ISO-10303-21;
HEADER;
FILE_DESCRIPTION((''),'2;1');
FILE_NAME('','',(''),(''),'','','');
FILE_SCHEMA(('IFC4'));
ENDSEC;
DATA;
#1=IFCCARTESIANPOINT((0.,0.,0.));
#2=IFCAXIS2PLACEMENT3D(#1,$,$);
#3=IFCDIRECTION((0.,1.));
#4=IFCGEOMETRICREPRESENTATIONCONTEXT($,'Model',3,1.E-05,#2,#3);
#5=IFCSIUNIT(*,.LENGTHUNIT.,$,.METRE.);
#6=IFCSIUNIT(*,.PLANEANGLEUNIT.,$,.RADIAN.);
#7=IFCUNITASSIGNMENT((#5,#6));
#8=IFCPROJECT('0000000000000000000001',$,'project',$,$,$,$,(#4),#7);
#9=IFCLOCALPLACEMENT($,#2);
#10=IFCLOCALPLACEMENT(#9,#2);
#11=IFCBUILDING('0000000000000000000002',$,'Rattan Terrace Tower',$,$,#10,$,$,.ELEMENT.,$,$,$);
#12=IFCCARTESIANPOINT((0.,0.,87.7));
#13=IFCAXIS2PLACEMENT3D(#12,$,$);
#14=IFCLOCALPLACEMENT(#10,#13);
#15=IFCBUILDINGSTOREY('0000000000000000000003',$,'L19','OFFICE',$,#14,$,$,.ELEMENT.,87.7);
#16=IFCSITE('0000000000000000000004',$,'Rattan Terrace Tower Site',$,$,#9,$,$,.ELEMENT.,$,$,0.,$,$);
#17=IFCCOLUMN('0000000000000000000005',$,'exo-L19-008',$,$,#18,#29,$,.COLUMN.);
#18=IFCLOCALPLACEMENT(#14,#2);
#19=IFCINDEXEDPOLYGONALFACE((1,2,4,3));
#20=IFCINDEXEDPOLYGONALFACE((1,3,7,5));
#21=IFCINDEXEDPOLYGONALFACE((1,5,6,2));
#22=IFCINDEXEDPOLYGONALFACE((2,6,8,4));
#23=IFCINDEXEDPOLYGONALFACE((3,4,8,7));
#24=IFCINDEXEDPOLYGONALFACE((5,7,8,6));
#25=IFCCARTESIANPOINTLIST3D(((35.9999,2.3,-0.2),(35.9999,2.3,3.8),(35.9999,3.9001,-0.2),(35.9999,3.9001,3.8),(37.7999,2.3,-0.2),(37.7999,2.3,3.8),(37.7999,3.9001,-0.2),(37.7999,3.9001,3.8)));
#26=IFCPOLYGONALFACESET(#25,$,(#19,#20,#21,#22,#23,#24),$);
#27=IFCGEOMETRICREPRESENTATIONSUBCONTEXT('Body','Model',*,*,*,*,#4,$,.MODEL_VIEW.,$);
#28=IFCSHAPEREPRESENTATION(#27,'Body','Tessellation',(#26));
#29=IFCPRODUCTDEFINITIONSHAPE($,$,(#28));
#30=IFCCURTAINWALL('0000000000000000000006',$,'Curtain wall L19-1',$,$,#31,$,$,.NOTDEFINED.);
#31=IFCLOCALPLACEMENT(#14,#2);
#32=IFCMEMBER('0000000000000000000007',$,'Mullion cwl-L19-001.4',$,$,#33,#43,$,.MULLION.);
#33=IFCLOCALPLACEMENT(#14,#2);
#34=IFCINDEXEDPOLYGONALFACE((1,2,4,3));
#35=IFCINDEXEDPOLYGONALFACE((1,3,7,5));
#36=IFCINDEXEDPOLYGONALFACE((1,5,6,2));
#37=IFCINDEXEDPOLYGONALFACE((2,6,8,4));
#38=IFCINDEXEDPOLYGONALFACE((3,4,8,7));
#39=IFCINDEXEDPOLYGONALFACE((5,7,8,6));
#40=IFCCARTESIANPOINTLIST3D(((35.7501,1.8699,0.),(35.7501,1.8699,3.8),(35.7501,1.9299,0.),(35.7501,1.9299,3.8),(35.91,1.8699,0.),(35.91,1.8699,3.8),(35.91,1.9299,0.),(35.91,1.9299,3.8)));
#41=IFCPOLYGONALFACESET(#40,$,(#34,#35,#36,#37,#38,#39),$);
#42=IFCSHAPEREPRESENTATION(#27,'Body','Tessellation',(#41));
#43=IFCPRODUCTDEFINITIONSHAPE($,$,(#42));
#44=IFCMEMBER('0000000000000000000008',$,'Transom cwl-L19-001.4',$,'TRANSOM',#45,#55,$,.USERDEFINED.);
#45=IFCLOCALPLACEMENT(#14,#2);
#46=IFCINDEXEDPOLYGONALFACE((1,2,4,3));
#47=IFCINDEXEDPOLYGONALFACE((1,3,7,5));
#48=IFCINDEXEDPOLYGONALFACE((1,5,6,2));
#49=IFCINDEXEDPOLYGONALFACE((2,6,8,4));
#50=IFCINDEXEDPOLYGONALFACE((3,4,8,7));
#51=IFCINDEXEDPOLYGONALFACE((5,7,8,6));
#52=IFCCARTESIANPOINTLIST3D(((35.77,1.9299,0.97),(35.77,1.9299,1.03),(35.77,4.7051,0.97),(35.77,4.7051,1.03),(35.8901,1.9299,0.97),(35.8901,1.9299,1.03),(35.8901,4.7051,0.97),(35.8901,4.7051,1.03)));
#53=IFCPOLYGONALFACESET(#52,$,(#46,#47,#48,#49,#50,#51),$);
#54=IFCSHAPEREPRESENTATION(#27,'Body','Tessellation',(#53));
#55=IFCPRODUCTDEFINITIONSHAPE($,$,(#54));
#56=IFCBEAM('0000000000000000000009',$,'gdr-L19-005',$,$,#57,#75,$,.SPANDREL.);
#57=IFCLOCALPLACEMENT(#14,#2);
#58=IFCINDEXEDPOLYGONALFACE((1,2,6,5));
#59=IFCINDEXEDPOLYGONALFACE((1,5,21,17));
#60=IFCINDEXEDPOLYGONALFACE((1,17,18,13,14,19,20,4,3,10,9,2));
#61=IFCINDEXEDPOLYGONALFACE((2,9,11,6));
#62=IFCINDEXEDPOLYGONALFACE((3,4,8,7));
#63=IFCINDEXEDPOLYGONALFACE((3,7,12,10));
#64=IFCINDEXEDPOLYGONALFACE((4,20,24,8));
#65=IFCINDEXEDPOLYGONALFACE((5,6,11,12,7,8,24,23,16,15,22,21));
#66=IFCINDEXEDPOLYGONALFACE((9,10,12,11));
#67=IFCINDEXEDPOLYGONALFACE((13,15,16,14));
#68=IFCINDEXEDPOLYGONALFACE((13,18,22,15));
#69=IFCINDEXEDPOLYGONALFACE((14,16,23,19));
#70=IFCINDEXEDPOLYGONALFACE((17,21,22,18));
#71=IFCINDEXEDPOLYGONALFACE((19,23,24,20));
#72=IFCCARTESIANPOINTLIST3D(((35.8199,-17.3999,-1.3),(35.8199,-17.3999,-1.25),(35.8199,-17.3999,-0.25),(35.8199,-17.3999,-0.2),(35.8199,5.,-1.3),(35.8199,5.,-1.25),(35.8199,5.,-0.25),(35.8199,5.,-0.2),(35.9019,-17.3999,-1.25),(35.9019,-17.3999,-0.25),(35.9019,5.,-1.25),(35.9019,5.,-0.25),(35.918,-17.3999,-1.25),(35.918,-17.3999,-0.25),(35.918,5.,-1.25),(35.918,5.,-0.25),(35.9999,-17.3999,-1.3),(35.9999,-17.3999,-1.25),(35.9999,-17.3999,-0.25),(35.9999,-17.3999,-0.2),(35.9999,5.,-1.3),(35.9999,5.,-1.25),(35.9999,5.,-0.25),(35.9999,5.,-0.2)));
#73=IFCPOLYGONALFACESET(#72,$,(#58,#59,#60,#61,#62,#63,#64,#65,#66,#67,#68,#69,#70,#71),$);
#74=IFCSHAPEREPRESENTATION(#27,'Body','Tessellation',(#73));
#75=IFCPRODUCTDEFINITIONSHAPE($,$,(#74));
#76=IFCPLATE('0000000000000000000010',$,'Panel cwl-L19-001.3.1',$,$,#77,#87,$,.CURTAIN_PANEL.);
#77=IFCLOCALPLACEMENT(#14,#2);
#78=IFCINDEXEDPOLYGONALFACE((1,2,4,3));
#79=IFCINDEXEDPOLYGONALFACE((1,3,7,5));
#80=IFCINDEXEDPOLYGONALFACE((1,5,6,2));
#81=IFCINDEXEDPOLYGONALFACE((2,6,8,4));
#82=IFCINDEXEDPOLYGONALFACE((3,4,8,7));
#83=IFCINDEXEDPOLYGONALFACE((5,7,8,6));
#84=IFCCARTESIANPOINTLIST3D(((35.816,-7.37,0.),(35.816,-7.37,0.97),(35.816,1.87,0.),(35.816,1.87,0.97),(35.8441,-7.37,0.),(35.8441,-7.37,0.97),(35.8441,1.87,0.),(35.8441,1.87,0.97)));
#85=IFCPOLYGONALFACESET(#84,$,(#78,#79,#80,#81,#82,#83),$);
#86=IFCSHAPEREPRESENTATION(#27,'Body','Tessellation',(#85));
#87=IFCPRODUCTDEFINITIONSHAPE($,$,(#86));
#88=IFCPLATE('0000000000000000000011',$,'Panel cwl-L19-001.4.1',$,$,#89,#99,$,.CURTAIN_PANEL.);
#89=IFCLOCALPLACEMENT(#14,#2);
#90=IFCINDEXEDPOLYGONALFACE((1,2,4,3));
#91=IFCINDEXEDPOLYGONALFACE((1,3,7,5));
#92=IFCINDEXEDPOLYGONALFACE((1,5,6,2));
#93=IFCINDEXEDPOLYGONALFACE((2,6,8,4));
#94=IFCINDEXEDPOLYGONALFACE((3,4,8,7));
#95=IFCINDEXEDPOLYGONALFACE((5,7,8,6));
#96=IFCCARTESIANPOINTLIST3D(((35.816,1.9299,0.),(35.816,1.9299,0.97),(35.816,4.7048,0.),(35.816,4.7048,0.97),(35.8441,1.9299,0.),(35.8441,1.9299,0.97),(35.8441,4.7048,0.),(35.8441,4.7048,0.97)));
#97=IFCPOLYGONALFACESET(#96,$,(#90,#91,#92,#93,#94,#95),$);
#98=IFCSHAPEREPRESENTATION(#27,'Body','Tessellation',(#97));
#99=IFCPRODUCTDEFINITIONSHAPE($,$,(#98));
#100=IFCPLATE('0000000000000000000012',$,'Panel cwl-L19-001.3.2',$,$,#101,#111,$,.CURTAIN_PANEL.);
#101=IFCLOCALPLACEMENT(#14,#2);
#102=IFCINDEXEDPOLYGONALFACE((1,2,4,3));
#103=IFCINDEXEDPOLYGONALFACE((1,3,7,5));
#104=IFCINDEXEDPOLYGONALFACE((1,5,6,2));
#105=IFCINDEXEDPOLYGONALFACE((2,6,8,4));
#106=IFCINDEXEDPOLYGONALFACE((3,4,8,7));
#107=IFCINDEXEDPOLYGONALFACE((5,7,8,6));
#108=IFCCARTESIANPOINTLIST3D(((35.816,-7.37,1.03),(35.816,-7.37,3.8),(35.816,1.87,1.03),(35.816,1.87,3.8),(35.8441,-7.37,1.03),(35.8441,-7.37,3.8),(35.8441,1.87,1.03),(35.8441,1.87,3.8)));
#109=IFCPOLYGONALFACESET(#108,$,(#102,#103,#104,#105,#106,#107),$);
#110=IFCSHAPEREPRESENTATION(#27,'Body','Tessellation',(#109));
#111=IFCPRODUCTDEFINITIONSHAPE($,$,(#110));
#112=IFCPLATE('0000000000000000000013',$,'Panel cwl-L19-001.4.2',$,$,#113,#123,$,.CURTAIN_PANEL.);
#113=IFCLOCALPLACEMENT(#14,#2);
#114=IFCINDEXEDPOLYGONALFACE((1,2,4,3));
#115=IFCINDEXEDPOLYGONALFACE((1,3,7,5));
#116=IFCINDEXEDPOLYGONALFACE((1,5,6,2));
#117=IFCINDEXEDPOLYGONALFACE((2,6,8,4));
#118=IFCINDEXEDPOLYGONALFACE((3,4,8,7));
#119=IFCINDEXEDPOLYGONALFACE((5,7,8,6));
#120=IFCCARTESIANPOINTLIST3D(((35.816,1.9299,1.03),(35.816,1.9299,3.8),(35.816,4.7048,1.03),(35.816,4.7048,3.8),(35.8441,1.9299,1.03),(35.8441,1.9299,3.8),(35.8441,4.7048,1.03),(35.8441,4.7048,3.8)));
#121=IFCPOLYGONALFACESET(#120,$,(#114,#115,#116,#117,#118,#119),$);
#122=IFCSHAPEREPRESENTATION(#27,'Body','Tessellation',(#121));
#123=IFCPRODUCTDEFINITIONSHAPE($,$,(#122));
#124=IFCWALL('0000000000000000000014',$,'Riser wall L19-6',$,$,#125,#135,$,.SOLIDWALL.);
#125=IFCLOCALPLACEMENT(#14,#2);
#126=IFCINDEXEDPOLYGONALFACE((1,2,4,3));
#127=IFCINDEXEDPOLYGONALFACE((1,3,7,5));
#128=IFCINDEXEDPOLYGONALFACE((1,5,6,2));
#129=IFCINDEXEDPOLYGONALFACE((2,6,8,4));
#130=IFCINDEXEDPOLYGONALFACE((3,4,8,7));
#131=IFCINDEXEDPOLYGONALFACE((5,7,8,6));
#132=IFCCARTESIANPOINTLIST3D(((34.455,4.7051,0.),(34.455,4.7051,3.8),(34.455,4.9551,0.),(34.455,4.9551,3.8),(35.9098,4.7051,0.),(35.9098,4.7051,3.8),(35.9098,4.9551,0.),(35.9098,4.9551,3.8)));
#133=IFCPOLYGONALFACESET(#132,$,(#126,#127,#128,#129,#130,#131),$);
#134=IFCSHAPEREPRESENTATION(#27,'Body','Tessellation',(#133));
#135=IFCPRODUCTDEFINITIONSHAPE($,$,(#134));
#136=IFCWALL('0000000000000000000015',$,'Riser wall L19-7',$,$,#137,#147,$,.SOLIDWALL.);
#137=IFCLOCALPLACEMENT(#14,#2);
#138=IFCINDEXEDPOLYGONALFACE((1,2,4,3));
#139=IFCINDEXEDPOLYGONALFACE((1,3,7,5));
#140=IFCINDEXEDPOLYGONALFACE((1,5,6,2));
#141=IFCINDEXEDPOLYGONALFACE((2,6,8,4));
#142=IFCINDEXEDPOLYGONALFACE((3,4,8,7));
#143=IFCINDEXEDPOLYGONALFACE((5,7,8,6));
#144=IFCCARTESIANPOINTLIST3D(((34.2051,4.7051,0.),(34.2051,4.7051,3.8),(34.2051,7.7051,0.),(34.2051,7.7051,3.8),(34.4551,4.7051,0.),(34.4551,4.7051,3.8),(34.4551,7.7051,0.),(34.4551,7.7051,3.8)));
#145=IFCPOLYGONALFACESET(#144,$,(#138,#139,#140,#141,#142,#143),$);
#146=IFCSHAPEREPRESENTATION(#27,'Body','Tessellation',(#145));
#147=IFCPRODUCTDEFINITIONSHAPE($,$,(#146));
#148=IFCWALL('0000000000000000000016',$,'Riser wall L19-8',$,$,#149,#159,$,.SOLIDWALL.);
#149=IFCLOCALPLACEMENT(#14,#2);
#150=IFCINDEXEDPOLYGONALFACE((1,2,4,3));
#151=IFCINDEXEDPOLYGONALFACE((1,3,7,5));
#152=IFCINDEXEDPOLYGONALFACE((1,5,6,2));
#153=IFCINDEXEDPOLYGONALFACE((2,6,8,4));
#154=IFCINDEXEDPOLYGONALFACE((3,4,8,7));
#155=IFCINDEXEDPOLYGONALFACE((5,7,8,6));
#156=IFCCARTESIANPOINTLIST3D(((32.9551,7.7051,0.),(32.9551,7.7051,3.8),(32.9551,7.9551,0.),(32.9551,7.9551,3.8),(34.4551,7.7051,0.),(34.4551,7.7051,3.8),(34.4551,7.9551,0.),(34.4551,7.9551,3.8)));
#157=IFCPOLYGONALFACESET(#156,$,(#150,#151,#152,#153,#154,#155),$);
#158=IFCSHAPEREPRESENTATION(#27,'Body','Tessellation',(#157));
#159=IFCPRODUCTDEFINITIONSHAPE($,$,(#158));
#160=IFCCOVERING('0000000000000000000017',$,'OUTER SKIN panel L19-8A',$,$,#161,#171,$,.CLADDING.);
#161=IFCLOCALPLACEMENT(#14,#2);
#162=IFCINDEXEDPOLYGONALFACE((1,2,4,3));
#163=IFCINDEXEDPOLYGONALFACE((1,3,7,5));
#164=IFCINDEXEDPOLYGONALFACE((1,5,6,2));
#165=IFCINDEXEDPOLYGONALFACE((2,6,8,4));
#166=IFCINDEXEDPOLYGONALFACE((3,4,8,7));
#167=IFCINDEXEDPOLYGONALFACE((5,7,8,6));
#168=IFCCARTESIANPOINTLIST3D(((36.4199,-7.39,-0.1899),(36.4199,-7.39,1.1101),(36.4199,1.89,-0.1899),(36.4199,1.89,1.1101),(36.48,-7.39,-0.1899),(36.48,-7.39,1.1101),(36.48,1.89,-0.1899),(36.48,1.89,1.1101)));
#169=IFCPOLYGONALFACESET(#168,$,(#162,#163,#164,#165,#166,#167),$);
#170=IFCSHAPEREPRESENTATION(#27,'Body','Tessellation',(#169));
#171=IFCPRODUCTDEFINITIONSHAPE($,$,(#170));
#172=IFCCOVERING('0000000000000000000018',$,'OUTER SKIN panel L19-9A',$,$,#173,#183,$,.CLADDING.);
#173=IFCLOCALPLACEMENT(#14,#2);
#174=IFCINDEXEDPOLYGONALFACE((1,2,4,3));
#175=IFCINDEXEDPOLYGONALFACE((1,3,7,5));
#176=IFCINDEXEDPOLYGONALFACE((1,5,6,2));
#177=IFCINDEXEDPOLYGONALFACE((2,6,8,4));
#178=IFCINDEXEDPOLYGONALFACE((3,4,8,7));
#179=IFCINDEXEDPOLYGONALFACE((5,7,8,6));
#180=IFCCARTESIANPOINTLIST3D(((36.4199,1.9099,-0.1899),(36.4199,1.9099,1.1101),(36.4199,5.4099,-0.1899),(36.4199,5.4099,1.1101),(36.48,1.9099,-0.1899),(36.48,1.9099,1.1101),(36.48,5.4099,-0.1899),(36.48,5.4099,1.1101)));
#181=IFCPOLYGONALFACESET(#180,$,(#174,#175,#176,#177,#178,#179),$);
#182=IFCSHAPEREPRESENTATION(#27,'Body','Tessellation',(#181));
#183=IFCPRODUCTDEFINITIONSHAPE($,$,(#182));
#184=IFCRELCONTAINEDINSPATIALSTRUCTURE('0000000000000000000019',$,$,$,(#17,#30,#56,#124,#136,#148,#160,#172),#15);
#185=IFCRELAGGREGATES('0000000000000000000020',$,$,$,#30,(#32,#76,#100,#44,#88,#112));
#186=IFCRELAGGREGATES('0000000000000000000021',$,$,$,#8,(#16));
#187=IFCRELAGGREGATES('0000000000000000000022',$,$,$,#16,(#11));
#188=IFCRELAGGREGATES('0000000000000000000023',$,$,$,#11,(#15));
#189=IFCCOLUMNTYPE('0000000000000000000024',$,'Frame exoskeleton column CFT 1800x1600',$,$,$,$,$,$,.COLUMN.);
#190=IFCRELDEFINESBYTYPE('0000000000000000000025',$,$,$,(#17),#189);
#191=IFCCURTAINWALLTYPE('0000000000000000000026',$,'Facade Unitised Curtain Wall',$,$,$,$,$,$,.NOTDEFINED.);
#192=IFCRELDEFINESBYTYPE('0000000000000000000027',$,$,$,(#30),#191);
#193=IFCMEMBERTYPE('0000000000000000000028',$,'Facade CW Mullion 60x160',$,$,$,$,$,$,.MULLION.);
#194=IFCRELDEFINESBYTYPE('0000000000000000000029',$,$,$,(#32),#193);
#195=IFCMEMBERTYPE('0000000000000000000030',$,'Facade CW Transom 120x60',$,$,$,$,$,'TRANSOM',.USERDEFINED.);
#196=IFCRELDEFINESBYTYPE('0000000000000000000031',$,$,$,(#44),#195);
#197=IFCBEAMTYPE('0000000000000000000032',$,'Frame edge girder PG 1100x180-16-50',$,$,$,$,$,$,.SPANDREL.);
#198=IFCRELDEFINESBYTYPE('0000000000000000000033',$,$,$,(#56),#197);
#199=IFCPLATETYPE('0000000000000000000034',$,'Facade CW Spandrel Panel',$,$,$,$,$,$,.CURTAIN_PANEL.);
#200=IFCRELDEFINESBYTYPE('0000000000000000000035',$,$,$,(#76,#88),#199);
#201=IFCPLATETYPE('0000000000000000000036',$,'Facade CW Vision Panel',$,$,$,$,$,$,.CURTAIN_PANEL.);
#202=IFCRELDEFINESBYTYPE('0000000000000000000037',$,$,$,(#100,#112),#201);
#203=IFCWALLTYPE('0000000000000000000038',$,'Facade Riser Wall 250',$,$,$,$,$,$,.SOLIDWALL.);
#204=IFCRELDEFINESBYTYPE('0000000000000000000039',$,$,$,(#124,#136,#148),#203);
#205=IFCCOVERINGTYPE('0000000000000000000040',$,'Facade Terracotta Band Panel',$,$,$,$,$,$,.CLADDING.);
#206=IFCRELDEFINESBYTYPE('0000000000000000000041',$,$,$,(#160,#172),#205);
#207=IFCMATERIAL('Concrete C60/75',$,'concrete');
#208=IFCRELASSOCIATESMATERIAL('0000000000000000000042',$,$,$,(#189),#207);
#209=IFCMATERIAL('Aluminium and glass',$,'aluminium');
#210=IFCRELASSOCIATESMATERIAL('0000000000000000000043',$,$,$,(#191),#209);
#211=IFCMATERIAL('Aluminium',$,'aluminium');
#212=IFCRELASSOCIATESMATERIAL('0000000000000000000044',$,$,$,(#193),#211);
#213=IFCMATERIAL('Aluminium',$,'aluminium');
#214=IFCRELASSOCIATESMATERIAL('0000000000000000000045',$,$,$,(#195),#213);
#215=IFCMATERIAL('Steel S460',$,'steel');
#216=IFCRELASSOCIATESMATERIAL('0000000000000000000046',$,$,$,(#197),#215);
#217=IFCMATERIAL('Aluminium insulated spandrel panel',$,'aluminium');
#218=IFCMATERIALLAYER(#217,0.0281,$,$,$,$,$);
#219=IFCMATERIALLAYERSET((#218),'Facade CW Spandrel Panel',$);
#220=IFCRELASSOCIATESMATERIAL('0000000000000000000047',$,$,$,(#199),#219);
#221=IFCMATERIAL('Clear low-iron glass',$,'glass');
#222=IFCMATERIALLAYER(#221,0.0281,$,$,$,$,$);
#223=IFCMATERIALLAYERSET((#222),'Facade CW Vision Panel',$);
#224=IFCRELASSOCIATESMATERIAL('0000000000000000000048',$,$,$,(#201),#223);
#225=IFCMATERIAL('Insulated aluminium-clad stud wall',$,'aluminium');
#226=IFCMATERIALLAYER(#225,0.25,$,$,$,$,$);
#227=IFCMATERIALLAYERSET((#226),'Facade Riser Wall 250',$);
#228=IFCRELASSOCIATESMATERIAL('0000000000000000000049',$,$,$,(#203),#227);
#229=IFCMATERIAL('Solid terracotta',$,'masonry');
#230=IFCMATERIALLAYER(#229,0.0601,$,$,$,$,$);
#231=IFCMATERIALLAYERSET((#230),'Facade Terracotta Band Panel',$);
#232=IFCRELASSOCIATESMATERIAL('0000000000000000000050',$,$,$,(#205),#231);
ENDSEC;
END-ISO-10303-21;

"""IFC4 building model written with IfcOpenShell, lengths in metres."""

from ifc_helpers import new_model, si_unit, direction, frame, frame_2d, origin, origin_2d, place, context, subcontext, project, spatial, rectangle, i_section, extrude, material, layer, layer_set, material_profile, profile_set, type_object, element, aggregate, save


model = new_model("IFC4")

# Units and contexts
model_context = context("Model", 3, precision=1e-05, world=origin(), true_north=direction((0.0, 1.0)))
body_context = subcontext(model_context, "Body", "Model", "MODEL_VIEW")
ifc_project = project(units=[si_unit("LENGTHUNIT", "METRE"), si_unit("PLANEANGLEUNIT", "RADIAN")], contexts=[model_context])

# Site, building, storey
site_placement = place(None, origin())
site = spatial("IfcSite", under=ifc_project, at=site_placement, Name="Rattan Terrace Tower Site", CompositionType="ELEMENT", RefElevation=0.0)
building_placement = place(site_placement, origin())
building = spatial("IfcBuilding", under=site, at=building_placement, Name="Rattan Terrace Tower", CompositionType="ELEMENT")
storey_placement = place(building_placement, frame((0.0, 0.0, 87.7)))
storey = spatial("IfcBuildingStorey", under=building, at=storey_placement, Name="L19", Description="OFFICE", CompositionType="ELEMENT", Elevation=87.7)

# Column
ifc_material_1 = material(Name="Concrete C60/75", Category="concrete")
ifc_material_profile_1 = material_profile(ifc_material_1, rectangle(XDim=1.6001, YDim=1.8, at=origin_2d()), Name="CFT 1800x1600")
ifc_profile_set_1 = profile_set([ifc_material_profile_1], Name="Concrete C60/75")
column_type = type_object("IfcColumnType", Name="Frame exoskeleton column CFT 1800x1600", PredefinedType="COLUMN", material=ifc_profile_set_1)
column_placement = place(storey_placement, frame((36.8999, 3.1001, -0.2), z_axis=(0.0, 0.0, 1.0), x_axis=(0.0, 1.0, 0.0)))
element("IfcColumn", 1, at=column_placement, inside=storey, type_object=column_type, Name="exo-L19-008", PredefinedType="COLUMN", context=body_context, shape_type="SweptSolid", body=[
    extrude(rectangle(XDim=1.6001, YDim=1.8, at=origin_2d()), origin(), (0.0, 0.0, 1.0), 4.0),
])

# Curtain wall, members
ifc_material_2 = material(Name="Aluminium and glass", Category="aluminium")
curtain_wall_type = type_object("IfcCurtainWallType", Name="Facade Unitised Curtain Wall", PredefinedType="NOTDEFINED", material=ifc_material_2)
curtain_wall_placement = place(storey_placement, origin())
curtain_wall = element("IfcCurtainWall", 2, at=curtain_wall_placement, inside=storey, type_object=curtain_wall_type, Name="Curtain wall L19-1", PredefinedType="NOTDEFINED")
ifc_material_3 = material(Name="Aluminium", Category="aluminium")
ifc_material_profile_2 = material_profile(ifc_material_3, rectangle(XDim=0.0601, YDim=0.1599, at=origin_2d()), Name="Aluminium 60x160")
ifc_profile_set_2 = profile_set([ifc_material_profile_2], Name="Aluminium")
member_type_1 = type_object("IfcMemberType", Name="Facade CW Mullion 60x160", PredefinedType="MULLION", material=ifc_profile_set_2)
member_1_placement = place(storey_placement, frame((35.8301, 1.8999, 0.0), z_axis=(0.0, 0.0, 1.0), x_axis=(0.0, 1.0, 0.0)))
member_1 = element("IfcMember", 3, at=member_1_placement, type_object=member_type_1, Name="Mullion cwl-L19-001.4", PredefinedType="MULLION", context=body_context, shape_type="SweptSolid", body=[
    extrude(rectangle(XDim=0.0601, YDim=0.1599, at=origin_2d()), origin(), (0.0, 0.0, 1.0), 3.8),
])
ifc_material_4 = material(Name="Aluminium", Category="aluminium")
ifc_material_profile_3 = material_profile(ifc_material_4, rectangle(XDim=0.1201, YDim=0.0601, at=origin_2d()), Name="Aluminium 120x60")
ifc_profile_set_3 = profile_set([ifc_material_profile_3], Name="Aluminium")
member_type_2 = type_object("IfcMemberType", Name="Facade CW Transom 120x60", ElementType="TRANSOM", PredefinedType="USERDEFINED", material=ifc_profile_set_3)
member_2_placement = place(storey_placement, frame((35.8301, 1.9299, 1.0), z_axis=(0.0, 1.0, 0.0), x_axis=(-1.0, 0.0, 0.0)))
member_2 = element("IfcMember", 4, at=member_2_placement, type_object=member_type_2, Name="Transom cwl-L19-001.4", ObjectType="TRANSOM", PredefinedType="USERDEFINED", context=body_context, shape_type="SweptSolid", body=[
    extrude(rectangle(XDim=0.1201, YDim=0.0601, at=origin_2d()), origin(), (0.0, 0.0, 1.0), 2.7751),
])

# Beam
ifc_material_5 = material(Name="Steel S460", Category="steel")
ifc_material_profile_4 = material_profile(ifc_material_5, i_section(OverallWidth=0.1799, OverallDepth=1.1001, WebThickness=0.0161, FlangeThickness=0.05, at=origin_2d()), Name="PG 1100x180-16-50")
ifc_profile_set_4 = profile_set([ifc_material_profile_4], Name="Steel S460")
beam_type = type_object("IfcBeamType", Name="Frame edge girder PG 1100x180-16-50", PredefinedType="SPANDREL", material=ifc_profile_set_4)
beam_placement = place(storey_placement, frame((35.9099, 5.0, -0.75), z_axis=(0.0, -1.0, 0.0), x_axis=(1.0, 0.0, 0.0)))
element("IfcBeam", 5, at=beam_placement, inside=storey, type_object=beam_type, Name="gdr-L19-005", PredefinedType="SPANDREL", context=body_context, shape_type="SweptSolid", body=[
    extrude(i_section(OverallWidth=0.1799, OverallDepth=1.1001, WebThickness=0.0161, FlangeThickness=0.05, at=origin_2d()), origin(), (0.0, 0.0, 1.0), 22.3999),
])

# Plates
ifc_material_6 = material(Name="Aluminium insulated spandrel panel", Category="aluminium")
ifc_layer_1 = layer(ifc_material_6, 0.0281)
ifc_layer_set_1 = layer_set([ifc_layer_1], Name="Facade CW Spandrel Panel")
plate_type_1 = type_object("IfcPlateType", Name="Facade CW Spandrel Panel", PredefinedType="CURTAIN_PANEL", material=ifc_layer_set_1)
plate_1_placement = place(storey_placement, frame((35.8301, -2.75, 0.0), z_axis=(0.0, 0.0, 1.0), x_axis=(0.0, 1.0, 0.0)))
plate_1 = element("IfcPlate", 6, at=plate_1_placement, type_object=plate_type_1, Name="Panel cwl-L19-001.3.1", PredefinedType="CURTAIN_PANEL", context=body_context, shape_type="SweptSolid", body=[
    extrude(rectangle(XDim=9.24, YDim=0.0281, at=origin_2d()), origin(), (0.0, 0.0, 1.0), 0.97),
])
plate_2_placement = place(storey_placement, frame((35.8301, 3.3174, 0.0), z_axis=(0.0, 0.0, 1.0), x_axis=(0.0, 1.0, 0.0)))
plate_2 = element("IfcPlate", 7, at=plate_2_placement, type_object=plate_type_1, Name="Panel cwl-L19-001.4.1", PredefinedType="CURTAIN_PANEL", context=body_context, shape_type="SweptSolid", body=[
    extrude(rectangle(XDim=2.7749, YDim=0.0281, at=origin_2d()), origin(), (0.0, 0.0, 1.0), 0.97),
])
ifc_material_7 = material(Name="Clear low-iron glass", Category="glass")
ifc_layer_2 = layer(ifc_material_7, 0.0281)
ifc_layer_set_2 = layer_set([ifc_layer_2], Name="Facade CW Vision Panel")
plate_type_2 = type_object("IfcPlateType", Name="Facade CW Vision Panel", PredefinedType="CURTAIN_PANEL", material=ifc_layer_set_2)
plate_3_placement = place(storey_placement, frame((35.8301, -2.75, 1.03), z_axis=(0.0, 0.0, 1.0), x_axis=(0.0, 1.0, 0.0)))
plate_3 = element("IfcPlate", 8, at=plate_3_placement, type_object=plate_type_2, Name="Panel cwl-L19-001.3.2", PredefinedType="CURTAIN_PANEL", context=body_context, shape_type="SweptSolid", body=[
    extrude(rectangle(XDim=9.24, YDim=0.0281, at=origin_2d()), origin(), (0.0, 0.0, 1.0), 2.77),
])
plate_4_placement = place(storey_placement, frame((35.8301, 3.3174, 1.03), z_axis=(0.0, 0.0, 1.0), x_axis=(0.0, 1.0, 0.0)))
plate_4 = element("IfcPlate", 9, at=plate_4_placement, type_object=plate_type_2, Name="Panel cwl-L19-001.4.2", PredefinedType="CURTAIN_PANEL", context=body_context, shape_type="SweptSolid", body=[
    extrude(rectangle(XDim=2.7749, YDim=0.0281, at=origin_2d()), origin(), (0.0, 0.0, 1.0), 2.77),
])
aggregate(curtain_wall, [member_1, plate_1, plate_3, member_2, plate_2, plate_4])

# Walls
ifc_material_8 = material(Name="Insulated aluminium-clad stud wall", Category="aluminium")
ifc_layer_3 = layer(ifc_material_8, 0.25)
ifc_layer_set_3 = layer_set([ifc_layer_3], Name="Facade Riser Wall 250")
wall_type = type_object("IfcWallType", Name="Facade Riser Wall 250", PredefinedType="SOLIDWALL", material=ifc_layer_set_3)
wall_1_placement = place(storey_placement, frame((35.9099, 4.8301, 0.0), z_axis=(0.0, 0.0, 1.0), x_axis=(-1.0, 0.0, 0.0)))
element("IfcWall", 10, at=wall_1_placement, inside=storey, type_object=wall_type, Name="Riser wall L19-6", PredefinedType="SOLIDWALL", context=body_context, shape_type="SweptSolid", body=[
    extrude(rectangle(XDim=1.4548, YDim=0.25, at=frame_2d((0.7275, 0.0))), origin(), (0.0, 0.0, 1.0), 3.8),
])
wall_2_placement = place(storey_placement, frame((34.3301, 4.7051, 0.0), z_axis=(0.0, 0.0, 1.0), x_axis=(0.0, 1.0, 0.0)))
element("IfcWall", 11, at=wall_2_placement, inside=storey, type_object=wall_type, Name="Riser wall L19-7", PredefinedType="SOLIDWALL", context=body_context, shape_type="SweptSolid", body=[
    extrude(rectangle(XDim=3.0, YDim=0.25, at=frame_2d((1.5, 0.0))), origin(), (0.0, 0.0, 1.0), 3.8),
])
wall_3_placement = place(storey_placement, frame((34.4551, 7.8301, 0.0), z_axis=(0.0, 0.0, 1.0), x_axis=(-1.0, 0.0, 0.0)))
element("IfcWall", 12, at=wall_3_placement, inside=storey, type_object=wall_type, Name="Riser wall L19-8", PredefinedType="SOLIDWALL", context=body_context, shape_type="SweptSolid", body=[
    extrude(rectangle(XDim=1.5, YDim=0.25, at=frame_2d((0.75, 0.0))), origin(), (0.0, 0.0, 1.0), 3.8),
])

# Coverings
ifc_material_9 = material(Name="Solid terracotta", Category="masonry")
ifc_layer_4 = layer(ifc_material_9, 0.0601)
ifc_layer_set_4 = layer_set([ifc_layer_4], Name="Facade Terracotta Band Panel")
covering_type_1 = type_object("IfcCoveringType", Name="Facade Terracotta Band Panel", PredefinedType="CLADDING", material=ifc_layer_set_4)
covering_1_placement = place(storey_placement, frame((36.45, -2.75, -0.1899), z_axis=(0.0, 0.0, 1.0), x_axis=(0.0, 1.0, 0.0)))
element("IfcCovering", 13, at=covering_1_placement, inside=storey, type_object=covering_type_1, Name="OUTER SKIN panel L19-8A", PredefinedType="CLADDING", context=body_context, shape_type="SweptSolid", body=[
    extrude(rectangle(XDim=9.28, YDim=0.0601, at=origin_2d()), origin(), (0.0, 0.0, 1.0), 1.3),
])
covering_2_placement = place(storey_placement, frame((36.45, 3.6599, -0.1899), z_axis=(0.0, 0.0, 1.0), x_axis=(0.0, 1.0, 0.0)))
element("IfcCovering", 14, at=covering_2_placement, inside=storey, type_object=covering_type_1, Name="OUTER SKIN panel L19-9A", PredefinedType="CLADDING", context=body_context, shape_type="SweptSolid", body=[
    extrude(rectangle(XDim=3.5, YDim=0.0601, at=origin_2d()), origin(), (0.0, 0.0, 1.0), 1.3),
])

save(model, "model.ifc")
